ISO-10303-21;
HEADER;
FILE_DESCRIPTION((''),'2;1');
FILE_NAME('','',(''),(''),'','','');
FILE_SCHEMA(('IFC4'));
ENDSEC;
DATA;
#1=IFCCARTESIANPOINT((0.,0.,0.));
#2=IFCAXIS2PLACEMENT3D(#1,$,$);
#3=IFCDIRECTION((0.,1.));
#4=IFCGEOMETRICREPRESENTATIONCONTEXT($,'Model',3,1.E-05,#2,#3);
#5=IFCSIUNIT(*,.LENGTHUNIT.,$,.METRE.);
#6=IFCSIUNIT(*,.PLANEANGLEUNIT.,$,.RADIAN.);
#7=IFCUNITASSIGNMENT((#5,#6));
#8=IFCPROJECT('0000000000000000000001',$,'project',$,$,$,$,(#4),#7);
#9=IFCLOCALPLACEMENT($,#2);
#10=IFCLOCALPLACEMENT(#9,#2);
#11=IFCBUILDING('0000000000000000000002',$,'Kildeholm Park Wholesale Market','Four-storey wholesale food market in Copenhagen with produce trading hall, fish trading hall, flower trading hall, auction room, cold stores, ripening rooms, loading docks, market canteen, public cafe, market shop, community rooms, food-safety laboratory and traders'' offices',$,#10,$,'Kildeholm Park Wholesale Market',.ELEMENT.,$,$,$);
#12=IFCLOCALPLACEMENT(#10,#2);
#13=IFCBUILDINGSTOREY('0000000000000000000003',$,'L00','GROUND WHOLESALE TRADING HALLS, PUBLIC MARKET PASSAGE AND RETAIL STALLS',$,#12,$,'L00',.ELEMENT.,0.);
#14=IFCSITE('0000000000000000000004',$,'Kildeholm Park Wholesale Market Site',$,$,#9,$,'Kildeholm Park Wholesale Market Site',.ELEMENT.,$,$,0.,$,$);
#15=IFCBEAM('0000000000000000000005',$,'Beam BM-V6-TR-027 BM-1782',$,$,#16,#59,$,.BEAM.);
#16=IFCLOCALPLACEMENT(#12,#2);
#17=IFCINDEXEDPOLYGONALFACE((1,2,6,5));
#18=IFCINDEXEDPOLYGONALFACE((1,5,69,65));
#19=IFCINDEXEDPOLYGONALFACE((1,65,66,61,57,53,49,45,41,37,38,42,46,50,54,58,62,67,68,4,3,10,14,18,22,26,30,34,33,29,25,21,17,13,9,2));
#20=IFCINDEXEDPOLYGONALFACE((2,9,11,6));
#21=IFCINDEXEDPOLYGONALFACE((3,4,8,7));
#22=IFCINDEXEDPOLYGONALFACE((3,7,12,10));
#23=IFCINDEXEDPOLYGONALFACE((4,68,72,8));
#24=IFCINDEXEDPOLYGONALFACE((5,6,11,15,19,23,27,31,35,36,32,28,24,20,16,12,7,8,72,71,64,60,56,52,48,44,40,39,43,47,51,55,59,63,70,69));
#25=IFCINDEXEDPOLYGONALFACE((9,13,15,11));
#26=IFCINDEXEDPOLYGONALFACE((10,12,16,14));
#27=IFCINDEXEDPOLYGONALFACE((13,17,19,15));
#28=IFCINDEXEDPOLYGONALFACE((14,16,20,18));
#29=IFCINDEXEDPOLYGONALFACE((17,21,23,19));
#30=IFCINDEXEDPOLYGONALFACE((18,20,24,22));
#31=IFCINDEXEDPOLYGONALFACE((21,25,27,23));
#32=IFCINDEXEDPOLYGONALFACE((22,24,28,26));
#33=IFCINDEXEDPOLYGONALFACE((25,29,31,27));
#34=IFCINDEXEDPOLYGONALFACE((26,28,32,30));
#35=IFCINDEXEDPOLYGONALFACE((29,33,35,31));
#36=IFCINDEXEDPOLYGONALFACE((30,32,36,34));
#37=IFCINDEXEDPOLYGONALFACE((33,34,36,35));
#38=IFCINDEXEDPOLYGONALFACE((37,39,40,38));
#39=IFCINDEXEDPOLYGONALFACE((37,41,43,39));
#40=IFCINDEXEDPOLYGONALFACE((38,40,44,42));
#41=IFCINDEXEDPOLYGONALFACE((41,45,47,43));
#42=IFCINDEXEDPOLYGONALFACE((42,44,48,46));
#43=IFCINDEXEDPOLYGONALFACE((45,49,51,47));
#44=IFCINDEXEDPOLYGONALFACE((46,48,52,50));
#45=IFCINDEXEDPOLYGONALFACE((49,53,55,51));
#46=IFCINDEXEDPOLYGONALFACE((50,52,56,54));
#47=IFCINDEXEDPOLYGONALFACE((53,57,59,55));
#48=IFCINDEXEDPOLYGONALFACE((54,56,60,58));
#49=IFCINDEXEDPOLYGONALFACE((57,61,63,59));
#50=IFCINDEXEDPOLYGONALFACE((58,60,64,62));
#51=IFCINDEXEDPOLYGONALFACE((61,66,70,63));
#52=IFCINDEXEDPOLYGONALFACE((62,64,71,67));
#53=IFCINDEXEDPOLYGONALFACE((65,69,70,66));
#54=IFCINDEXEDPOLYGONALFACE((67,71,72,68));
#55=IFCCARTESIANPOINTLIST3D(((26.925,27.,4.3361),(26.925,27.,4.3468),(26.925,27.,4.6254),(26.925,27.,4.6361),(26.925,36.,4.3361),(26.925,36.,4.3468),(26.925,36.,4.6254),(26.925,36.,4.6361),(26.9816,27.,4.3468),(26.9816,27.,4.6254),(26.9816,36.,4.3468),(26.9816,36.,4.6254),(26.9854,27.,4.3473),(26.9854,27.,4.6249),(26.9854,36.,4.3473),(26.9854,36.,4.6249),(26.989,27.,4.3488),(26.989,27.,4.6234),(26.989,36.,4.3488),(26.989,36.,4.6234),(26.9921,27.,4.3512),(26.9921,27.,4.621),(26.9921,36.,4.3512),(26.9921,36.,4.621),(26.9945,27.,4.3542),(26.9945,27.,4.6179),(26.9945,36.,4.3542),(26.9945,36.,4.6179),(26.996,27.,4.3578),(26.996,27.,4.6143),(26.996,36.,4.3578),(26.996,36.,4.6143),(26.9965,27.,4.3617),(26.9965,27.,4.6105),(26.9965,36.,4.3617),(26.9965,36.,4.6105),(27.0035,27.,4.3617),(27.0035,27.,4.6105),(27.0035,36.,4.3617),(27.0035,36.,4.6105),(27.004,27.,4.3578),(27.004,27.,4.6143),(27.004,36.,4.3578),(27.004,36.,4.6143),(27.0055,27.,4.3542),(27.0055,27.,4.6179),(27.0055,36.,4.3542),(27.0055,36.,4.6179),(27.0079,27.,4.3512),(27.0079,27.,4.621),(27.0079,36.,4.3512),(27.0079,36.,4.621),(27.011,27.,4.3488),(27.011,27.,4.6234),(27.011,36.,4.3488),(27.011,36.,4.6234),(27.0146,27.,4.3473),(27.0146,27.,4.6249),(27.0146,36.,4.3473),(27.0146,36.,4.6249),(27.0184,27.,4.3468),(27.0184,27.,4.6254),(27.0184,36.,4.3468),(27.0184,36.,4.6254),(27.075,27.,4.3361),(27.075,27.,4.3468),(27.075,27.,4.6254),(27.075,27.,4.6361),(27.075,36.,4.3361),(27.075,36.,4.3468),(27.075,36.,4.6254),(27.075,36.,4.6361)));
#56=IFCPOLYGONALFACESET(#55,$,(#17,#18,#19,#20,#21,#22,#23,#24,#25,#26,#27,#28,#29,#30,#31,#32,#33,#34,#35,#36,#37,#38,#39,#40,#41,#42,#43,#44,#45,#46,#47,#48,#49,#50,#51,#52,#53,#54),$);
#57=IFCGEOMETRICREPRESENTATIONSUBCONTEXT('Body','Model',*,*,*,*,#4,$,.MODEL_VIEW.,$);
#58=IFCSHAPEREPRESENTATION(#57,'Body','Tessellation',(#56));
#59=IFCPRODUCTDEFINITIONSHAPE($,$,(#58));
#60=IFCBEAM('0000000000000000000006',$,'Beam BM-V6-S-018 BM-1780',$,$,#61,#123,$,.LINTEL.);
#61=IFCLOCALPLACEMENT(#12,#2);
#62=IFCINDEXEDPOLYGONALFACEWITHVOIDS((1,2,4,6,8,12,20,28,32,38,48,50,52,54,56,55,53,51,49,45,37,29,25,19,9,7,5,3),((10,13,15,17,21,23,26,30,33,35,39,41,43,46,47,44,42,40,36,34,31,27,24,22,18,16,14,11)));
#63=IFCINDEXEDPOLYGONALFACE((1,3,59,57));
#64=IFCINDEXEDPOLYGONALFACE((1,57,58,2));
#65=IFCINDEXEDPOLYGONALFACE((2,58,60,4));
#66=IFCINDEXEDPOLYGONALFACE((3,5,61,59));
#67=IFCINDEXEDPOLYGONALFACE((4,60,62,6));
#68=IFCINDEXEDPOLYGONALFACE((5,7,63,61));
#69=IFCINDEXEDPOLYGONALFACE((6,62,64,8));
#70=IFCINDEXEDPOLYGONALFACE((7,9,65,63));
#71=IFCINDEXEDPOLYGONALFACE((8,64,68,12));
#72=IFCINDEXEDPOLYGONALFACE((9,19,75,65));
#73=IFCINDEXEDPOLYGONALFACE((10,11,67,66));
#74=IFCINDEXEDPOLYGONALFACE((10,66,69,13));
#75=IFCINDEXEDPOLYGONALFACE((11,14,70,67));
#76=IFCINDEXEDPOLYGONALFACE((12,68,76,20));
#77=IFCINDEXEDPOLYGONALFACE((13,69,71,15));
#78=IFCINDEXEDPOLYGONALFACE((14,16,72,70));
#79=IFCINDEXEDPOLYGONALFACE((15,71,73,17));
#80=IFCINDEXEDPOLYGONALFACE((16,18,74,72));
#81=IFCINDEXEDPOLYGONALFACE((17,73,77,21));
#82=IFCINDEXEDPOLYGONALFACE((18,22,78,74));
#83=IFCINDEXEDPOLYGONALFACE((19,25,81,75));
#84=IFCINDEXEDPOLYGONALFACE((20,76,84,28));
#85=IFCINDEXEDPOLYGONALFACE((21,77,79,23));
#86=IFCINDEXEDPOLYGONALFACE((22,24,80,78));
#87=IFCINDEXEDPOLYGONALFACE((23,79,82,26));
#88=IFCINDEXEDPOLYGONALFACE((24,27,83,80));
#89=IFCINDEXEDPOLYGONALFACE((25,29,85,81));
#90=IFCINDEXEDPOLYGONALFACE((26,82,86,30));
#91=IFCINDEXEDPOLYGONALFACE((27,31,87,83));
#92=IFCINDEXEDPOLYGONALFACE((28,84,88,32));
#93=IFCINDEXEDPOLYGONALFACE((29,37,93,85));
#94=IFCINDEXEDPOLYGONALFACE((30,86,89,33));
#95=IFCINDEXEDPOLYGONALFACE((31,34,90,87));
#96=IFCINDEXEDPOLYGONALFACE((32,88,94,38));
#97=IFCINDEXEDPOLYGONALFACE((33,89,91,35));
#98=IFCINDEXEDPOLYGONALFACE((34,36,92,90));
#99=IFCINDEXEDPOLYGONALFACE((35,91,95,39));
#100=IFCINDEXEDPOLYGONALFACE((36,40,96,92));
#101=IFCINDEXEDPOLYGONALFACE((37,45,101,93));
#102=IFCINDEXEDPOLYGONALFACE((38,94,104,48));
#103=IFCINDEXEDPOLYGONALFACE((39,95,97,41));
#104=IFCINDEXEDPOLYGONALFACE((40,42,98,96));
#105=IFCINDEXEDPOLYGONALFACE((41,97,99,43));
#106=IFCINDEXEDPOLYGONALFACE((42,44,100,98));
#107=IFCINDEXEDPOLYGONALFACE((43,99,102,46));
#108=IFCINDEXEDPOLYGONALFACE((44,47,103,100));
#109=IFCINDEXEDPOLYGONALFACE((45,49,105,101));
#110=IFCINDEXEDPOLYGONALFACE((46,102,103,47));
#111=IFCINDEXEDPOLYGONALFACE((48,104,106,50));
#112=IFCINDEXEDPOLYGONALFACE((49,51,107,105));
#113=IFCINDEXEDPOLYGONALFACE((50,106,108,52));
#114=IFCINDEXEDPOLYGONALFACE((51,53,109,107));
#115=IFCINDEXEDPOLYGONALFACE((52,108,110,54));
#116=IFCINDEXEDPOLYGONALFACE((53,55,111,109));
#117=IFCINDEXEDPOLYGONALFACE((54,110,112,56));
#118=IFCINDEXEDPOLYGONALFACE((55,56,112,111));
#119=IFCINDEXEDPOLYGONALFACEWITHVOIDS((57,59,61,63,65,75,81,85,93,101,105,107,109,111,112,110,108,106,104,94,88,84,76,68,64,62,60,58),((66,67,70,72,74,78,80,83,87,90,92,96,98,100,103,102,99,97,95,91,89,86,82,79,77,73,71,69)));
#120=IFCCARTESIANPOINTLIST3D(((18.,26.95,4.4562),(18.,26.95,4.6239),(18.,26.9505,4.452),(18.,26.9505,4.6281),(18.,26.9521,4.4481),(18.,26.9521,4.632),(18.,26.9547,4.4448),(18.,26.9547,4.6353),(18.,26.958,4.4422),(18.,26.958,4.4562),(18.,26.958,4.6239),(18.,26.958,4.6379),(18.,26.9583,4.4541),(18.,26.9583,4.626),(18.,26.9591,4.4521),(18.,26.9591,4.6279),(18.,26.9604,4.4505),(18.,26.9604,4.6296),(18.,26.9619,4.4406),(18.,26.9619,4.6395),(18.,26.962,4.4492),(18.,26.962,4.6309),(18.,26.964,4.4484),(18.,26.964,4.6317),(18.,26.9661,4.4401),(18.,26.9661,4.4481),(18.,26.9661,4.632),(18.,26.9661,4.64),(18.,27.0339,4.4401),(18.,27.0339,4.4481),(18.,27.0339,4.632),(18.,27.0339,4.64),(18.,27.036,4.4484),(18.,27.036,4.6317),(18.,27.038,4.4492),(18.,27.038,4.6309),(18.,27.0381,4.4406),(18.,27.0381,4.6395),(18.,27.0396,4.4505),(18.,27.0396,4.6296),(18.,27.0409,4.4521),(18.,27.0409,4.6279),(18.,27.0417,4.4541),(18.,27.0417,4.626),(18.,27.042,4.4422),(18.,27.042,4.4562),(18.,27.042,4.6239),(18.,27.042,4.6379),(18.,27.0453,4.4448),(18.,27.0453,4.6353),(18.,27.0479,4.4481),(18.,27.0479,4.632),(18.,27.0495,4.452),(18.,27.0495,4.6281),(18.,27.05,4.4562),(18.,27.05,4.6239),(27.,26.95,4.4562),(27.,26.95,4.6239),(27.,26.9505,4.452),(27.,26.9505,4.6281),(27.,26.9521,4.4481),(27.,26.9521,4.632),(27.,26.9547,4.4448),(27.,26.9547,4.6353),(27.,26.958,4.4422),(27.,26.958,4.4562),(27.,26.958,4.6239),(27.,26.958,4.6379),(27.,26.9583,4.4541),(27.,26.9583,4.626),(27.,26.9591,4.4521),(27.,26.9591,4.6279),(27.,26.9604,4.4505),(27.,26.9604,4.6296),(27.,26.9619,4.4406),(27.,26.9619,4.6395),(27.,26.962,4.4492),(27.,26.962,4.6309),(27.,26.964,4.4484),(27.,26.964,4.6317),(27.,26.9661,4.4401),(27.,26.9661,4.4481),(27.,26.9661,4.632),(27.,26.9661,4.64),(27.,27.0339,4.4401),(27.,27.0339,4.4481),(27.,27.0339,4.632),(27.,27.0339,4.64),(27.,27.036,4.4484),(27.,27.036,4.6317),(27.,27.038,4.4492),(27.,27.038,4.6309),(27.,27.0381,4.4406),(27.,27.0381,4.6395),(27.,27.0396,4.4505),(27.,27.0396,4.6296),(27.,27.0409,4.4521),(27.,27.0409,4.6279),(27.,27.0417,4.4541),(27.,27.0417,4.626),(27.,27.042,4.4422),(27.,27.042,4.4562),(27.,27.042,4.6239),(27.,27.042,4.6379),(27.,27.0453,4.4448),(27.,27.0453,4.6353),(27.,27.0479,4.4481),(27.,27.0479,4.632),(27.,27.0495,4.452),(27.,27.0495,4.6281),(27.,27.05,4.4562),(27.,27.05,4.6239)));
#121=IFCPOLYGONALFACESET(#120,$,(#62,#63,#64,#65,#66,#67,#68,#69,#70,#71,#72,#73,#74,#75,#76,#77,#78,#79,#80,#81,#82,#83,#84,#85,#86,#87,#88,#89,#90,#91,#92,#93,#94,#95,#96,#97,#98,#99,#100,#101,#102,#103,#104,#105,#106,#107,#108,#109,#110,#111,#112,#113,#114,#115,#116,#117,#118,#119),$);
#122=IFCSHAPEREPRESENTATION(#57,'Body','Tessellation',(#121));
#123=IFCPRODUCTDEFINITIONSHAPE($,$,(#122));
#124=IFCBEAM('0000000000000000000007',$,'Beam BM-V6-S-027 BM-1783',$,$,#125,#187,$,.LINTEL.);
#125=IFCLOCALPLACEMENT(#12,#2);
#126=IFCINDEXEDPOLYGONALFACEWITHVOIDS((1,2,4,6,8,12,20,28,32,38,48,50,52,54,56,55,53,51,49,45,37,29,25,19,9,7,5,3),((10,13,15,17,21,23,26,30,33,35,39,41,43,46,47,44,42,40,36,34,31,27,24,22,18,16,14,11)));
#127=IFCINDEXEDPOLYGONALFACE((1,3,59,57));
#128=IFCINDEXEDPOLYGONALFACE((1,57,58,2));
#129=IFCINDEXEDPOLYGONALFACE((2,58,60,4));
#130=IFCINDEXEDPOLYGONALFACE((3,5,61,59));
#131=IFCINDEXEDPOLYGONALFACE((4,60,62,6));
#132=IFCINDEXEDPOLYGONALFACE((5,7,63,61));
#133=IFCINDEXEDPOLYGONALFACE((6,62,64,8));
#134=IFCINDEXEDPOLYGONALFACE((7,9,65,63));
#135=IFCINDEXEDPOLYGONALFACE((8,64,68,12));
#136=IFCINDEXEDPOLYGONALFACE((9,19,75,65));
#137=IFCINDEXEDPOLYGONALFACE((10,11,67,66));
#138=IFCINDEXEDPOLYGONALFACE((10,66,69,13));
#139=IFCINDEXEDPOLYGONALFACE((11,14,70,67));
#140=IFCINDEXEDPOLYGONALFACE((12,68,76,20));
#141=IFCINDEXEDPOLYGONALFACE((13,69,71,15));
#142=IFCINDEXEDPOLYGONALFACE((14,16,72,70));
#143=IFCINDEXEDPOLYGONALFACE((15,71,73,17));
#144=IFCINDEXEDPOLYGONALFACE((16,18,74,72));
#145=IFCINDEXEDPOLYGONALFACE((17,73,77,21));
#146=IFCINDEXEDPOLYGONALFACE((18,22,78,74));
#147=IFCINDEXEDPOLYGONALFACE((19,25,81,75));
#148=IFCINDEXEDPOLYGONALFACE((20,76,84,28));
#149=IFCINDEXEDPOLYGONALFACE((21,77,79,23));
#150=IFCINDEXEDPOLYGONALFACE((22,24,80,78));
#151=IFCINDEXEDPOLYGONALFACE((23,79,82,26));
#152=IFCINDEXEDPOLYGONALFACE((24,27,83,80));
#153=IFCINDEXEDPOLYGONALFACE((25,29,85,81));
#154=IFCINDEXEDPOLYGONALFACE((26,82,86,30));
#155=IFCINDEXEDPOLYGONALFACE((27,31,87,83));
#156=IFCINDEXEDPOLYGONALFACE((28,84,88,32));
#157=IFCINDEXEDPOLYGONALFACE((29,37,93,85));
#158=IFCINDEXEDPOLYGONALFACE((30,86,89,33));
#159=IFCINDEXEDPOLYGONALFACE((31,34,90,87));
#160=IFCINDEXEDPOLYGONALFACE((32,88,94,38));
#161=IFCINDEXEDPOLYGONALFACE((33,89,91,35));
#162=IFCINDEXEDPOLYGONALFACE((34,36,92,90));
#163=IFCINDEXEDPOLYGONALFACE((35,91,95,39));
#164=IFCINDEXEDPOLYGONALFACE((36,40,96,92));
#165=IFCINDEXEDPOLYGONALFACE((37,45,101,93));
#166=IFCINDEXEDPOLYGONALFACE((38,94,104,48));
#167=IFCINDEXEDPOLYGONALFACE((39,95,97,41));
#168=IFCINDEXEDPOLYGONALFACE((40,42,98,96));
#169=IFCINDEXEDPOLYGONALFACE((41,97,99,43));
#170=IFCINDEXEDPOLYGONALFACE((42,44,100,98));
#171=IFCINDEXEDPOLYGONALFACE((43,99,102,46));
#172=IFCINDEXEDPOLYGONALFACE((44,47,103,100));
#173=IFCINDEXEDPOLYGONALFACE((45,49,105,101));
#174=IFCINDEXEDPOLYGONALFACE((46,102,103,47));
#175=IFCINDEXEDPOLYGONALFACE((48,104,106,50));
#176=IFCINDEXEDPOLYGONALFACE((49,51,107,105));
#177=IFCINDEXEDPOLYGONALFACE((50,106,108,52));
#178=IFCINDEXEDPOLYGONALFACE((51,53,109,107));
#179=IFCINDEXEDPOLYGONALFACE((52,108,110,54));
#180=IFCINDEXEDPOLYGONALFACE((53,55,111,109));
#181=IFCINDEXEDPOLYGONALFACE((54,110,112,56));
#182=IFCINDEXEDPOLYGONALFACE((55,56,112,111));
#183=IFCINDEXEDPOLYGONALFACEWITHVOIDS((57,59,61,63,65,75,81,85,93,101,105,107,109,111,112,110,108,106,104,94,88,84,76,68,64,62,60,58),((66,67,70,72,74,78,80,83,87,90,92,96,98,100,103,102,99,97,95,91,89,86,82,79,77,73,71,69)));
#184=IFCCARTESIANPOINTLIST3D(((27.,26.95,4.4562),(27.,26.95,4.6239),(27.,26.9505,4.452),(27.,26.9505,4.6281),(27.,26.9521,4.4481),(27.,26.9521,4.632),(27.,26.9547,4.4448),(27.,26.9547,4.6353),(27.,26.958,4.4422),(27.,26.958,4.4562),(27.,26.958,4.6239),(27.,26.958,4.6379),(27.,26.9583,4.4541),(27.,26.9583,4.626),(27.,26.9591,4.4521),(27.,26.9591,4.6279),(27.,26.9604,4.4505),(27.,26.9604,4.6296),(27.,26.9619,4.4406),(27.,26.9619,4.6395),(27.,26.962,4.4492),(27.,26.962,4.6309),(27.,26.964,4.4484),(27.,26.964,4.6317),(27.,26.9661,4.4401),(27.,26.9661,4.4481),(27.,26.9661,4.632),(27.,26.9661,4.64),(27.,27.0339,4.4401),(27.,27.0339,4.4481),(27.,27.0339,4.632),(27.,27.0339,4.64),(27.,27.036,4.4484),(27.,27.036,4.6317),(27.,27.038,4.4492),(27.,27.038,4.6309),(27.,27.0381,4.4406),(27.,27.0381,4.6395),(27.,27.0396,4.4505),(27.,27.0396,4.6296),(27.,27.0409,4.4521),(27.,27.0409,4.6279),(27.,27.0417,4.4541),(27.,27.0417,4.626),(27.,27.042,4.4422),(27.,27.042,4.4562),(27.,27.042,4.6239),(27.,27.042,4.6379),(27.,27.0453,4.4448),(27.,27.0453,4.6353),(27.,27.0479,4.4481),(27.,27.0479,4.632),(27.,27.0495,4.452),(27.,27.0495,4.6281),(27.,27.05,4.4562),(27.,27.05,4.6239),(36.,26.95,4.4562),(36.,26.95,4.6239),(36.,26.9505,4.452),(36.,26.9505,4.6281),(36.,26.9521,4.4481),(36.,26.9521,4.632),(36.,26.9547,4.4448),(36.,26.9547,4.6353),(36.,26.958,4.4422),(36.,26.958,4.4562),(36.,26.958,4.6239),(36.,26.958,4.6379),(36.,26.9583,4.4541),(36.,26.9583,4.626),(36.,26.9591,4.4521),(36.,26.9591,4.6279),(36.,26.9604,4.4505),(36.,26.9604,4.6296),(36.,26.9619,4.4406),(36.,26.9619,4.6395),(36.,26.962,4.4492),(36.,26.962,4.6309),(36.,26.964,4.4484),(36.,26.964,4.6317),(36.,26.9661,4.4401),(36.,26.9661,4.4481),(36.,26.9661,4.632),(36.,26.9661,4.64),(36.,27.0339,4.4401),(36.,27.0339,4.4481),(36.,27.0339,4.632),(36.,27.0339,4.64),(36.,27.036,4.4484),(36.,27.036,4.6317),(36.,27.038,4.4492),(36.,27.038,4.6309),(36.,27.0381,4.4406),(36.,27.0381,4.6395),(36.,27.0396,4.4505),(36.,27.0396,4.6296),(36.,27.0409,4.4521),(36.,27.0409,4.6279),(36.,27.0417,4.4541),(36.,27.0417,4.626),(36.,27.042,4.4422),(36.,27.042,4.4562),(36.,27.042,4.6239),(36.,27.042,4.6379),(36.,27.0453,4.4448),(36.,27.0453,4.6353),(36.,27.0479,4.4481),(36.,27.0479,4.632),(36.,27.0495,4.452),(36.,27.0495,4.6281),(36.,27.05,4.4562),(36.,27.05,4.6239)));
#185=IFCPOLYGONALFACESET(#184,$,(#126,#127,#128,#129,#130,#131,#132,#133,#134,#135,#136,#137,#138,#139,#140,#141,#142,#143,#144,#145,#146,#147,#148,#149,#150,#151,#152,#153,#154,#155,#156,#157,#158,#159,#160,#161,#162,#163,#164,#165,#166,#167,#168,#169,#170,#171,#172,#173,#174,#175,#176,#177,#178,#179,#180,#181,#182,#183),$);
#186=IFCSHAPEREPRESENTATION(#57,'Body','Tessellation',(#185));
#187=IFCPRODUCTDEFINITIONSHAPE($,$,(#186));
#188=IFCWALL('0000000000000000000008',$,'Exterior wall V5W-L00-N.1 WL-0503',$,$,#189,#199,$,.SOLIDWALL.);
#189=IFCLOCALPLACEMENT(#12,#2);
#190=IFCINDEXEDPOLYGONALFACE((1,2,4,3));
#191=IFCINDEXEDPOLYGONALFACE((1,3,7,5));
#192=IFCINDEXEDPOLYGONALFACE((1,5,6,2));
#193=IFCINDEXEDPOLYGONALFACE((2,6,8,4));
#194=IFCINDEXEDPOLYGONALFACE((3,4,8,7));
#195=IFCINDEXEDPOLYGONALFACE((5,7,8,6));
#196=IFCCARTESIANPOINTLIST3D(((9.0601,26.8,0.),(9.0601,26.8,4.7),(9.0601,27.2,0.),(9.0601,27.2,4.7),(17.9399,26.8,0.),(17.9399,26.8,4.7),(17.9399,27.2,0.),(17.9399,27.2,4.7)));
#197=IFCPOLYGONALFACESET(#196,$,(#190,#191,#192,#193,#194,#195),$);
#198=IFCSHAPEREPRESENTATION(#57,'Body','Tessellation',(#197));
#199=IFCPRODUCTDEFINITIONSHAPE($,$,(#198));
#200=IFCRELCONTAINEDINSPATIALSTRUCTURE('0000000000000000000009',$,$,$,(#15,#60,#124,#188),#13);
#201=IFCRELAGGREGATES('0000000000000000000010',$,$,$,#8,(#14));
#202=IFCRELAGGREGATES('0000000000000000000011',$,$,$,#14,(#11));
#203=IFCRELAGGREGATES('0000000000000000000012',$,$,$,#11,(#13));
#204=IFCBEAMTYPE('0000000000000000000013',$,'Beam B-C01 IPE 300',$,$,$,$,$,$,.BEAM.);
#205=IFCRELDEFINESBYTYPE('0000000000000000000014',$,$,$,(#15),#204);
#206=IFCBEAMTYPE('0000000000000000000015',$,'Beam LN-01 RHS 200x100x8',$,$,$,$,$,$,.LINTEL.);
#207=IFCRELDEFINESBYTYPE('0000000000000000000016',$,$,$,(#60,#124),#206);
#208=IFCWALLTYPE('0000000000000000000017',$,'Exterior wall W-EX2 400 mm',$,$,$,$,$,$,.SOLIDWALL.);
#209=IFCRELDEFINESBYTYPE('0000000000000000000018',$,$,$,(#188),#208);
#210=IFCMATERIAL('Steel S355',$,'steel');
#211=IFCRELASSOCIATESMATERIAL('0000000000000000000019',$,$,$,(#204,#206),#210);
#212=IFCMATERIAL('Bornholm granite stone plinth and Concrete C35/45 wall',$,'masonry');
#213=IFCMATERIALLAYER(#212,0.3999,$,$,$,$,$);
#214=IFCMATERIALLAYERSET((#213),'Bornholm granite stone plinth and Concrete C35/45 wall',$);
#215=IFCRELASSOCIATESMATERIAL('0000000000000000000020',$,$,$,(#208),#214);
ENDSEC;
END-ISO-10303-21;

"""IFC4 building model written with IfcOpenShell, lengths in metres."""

from ifc_helpers import new_model, si_unit, direction, frame, frame_2d, origin, origin_2d, place, context, subcontext, project, spatial, rectangle, hollow_rectangle, i_section, extrude, material, layer, layer_set, material_profile, profile_set, type_object, element, save


model = new_model("IFC4")

# Units and contexts
model_context = context("Model", 3, precision=1e-05, world=origin(), true_north=direction((0.0, 1.0)))
body_context = subcontext(model_context, "Body", "Model", "MODEL_VIEW")
ifc_project = project(units=[si_unit("LENGTHUNIT", "METRE"), si_unit("PLANEANGLEUNIT", "RADIAN")], contexts=[model_context])

# Site, building, storey
site_placement = place(None, origin())
site = spatial("IfcSite", under=ifc_project, at=site_placement, Name="Kildeholm Park Wholesale Market Site", LongName="Kildeholm Park Wholesale Market Site", CompositionType="ELEMENT", RefElevation=0.0)
building_placement = place(site_placement, origin())
building = spatial("IfcBuilding", under=site, at=building_placement, Name="Kildeholm Park Wholesale Market", Description="Four-storey wholesale food market in Copenhagen with produce trading hall, fish trading hall, flower trading hall, auction room, cold stores, ripening rooms, loading docks, market canteen, public cafe, market shop, community rooms, food-safety laboratory and traders' offices", LongName="Kildeholm Park Wholesale Market", CompositionType="ELEMENT")
storey_placement = place(building_placement, origin())
storey = spatial("IfcBuildingStorey", under=building, at=storey_placement, Name="L00", Description="GROUND WHOLESALE TRADING HALLS, PUBLIC MARKET PASSAGE AND RETAIL STALLS", LongName="L00", CompositionType="ELEMENT", Elevation=0.0)

# Shared definitions
ifc_material_1 = material(Name="Steel S355", Category="steel")

# Beams
ifc_material_profile_1 = material_profile(ifc_material_1, i_section(OverallWidth=0.1499, OverallDepth=0.3, WebThickness=0.0071, FlangeThickness=0.0107, FilletRadius=0.0149, at=origin_2d()), Name="IPE 300")
ifc_profile_set_1 = profile_set([ifc_material_profile_1], Name="Steel S355")
beam_type_1 = type_object("IfcBeamType", Name="Beam B-C01 IPE 300", PredefinedType="BEAM", material=ifc_profile_set_1)
for number, where, z_axis, x_axis, name in (
    (1, (27.0, 27.0, 4.4861), (0.0, 1.0, 0.0), (-1.0, 0.0, 0.0), "Beam BM-V6-TR-027 BM-1782"),
):
    element("IfcBeam", number, at=place(storey_placement, frame(where, z_axis=z_axis, x_axis=x_axis)), inside=storey, type_object=beam_type_1, Name=name, PredefinedType="BEAM", context=body_context, shape_type="SweptSolid", body=[
        extrude(i_section(OverallWidth=0.1499, OverallDepth=0.3, WebThickness=0.0071, FlangeThickness=0.0107, FilletRadius=0.0149, at=origin_2d()), origin(), (0.0, 0.0, 1.0), 9.0),
    ])
ifc_material_profile_2 = material_profile(ifc_material_1, hollow_rectangle(XDim=0.1001, YDim=0.2, WallThickness=0.0081, InnerFilletRadius=0.0081, OuterFilletRadius=0.0161, at=origin_2d()), Name="RHS 200x100x8")
ifc_profile_set_2 = profile_set([ifc_material_profile_2], Name="Steel S355")
beam_type_2 = type_object("IfcBeamType", Name="Beam LN-01 RHS 200x100x8", PredefinedType="LINTEL", material=ifc_profile_set_2)
for number, where, z_axis, x_axis, name in (
    (2, (18.0, 27.0, 4.54), (1.0, 0.0, 0.0), (0.0, 1.0, 0.0), "Beam BM-V6-S-018 BM-1780"),
    (3, (27.0, 27.0, 4.54), (1.0, 0.0, 0.0), (0.0, 1.0, 0.0), "Beam BM-V6-S-027 BM-1783"),
):
    element("IfcBeam", number, at=place(storey_placement, frame(where, z_axis=z_axis, x_axis=x_axis)), inside=storey, type_object=beam_type_2, Name=name, PredefinedType="LINTEL", context=body_context, shape_type="SweptSolid", body=[
        extrude(hollow_rectangle(XDim=0.1001, YDim=0.2, WallThickness=0.0081, InnerFilletRadius=0.0081, OuterFilletRadius=0.0161, at=origin_2d()), origin(), (0.0, 0.0, 1.0), 9.0),
    ])

# Wall
ifc_material_2 = material(Name="Bornholm granite stone plinth and Concrete C35/45 wall", Category="masonry")
ifc_layer_1 = layer(ifc_material_2, 0.3999)
ifc_layer_set_1 = layer_set([ifc_layer_1], Name="Bornholm granite stone plinth and Concrete C35/45 wall")
wall_type = type_object("IfcWallType", Name="Exterior wall W-EX2 400 mm", PredefinedType="SOLIDWALL", material=ifc_layer_set_1)
wall_1_placement = place(storey_placement, frame((9.0601, 27.0, 0.0), z_axis=(0.0, 0.0, 1.0), x_axis=(1.0, 0.0, 0.0)))
element("IfcWall", 4, at=wall_1_placement, inside=storey, type_object=wall_type, Name="Exterior wall V5W-L00-N.1 WL-0503", PredefinedType="SOLIDWALL", context=body_context, shape_type="SweptSolid", body=[
    extrude(rectangle(XDim=8.8799, YDim=0.3999, at=frame_2d((4.4399, 0.0))), origin(), (0.0, 0.0, 1.0), 4.7),
])

save(model, "model.ifc")
